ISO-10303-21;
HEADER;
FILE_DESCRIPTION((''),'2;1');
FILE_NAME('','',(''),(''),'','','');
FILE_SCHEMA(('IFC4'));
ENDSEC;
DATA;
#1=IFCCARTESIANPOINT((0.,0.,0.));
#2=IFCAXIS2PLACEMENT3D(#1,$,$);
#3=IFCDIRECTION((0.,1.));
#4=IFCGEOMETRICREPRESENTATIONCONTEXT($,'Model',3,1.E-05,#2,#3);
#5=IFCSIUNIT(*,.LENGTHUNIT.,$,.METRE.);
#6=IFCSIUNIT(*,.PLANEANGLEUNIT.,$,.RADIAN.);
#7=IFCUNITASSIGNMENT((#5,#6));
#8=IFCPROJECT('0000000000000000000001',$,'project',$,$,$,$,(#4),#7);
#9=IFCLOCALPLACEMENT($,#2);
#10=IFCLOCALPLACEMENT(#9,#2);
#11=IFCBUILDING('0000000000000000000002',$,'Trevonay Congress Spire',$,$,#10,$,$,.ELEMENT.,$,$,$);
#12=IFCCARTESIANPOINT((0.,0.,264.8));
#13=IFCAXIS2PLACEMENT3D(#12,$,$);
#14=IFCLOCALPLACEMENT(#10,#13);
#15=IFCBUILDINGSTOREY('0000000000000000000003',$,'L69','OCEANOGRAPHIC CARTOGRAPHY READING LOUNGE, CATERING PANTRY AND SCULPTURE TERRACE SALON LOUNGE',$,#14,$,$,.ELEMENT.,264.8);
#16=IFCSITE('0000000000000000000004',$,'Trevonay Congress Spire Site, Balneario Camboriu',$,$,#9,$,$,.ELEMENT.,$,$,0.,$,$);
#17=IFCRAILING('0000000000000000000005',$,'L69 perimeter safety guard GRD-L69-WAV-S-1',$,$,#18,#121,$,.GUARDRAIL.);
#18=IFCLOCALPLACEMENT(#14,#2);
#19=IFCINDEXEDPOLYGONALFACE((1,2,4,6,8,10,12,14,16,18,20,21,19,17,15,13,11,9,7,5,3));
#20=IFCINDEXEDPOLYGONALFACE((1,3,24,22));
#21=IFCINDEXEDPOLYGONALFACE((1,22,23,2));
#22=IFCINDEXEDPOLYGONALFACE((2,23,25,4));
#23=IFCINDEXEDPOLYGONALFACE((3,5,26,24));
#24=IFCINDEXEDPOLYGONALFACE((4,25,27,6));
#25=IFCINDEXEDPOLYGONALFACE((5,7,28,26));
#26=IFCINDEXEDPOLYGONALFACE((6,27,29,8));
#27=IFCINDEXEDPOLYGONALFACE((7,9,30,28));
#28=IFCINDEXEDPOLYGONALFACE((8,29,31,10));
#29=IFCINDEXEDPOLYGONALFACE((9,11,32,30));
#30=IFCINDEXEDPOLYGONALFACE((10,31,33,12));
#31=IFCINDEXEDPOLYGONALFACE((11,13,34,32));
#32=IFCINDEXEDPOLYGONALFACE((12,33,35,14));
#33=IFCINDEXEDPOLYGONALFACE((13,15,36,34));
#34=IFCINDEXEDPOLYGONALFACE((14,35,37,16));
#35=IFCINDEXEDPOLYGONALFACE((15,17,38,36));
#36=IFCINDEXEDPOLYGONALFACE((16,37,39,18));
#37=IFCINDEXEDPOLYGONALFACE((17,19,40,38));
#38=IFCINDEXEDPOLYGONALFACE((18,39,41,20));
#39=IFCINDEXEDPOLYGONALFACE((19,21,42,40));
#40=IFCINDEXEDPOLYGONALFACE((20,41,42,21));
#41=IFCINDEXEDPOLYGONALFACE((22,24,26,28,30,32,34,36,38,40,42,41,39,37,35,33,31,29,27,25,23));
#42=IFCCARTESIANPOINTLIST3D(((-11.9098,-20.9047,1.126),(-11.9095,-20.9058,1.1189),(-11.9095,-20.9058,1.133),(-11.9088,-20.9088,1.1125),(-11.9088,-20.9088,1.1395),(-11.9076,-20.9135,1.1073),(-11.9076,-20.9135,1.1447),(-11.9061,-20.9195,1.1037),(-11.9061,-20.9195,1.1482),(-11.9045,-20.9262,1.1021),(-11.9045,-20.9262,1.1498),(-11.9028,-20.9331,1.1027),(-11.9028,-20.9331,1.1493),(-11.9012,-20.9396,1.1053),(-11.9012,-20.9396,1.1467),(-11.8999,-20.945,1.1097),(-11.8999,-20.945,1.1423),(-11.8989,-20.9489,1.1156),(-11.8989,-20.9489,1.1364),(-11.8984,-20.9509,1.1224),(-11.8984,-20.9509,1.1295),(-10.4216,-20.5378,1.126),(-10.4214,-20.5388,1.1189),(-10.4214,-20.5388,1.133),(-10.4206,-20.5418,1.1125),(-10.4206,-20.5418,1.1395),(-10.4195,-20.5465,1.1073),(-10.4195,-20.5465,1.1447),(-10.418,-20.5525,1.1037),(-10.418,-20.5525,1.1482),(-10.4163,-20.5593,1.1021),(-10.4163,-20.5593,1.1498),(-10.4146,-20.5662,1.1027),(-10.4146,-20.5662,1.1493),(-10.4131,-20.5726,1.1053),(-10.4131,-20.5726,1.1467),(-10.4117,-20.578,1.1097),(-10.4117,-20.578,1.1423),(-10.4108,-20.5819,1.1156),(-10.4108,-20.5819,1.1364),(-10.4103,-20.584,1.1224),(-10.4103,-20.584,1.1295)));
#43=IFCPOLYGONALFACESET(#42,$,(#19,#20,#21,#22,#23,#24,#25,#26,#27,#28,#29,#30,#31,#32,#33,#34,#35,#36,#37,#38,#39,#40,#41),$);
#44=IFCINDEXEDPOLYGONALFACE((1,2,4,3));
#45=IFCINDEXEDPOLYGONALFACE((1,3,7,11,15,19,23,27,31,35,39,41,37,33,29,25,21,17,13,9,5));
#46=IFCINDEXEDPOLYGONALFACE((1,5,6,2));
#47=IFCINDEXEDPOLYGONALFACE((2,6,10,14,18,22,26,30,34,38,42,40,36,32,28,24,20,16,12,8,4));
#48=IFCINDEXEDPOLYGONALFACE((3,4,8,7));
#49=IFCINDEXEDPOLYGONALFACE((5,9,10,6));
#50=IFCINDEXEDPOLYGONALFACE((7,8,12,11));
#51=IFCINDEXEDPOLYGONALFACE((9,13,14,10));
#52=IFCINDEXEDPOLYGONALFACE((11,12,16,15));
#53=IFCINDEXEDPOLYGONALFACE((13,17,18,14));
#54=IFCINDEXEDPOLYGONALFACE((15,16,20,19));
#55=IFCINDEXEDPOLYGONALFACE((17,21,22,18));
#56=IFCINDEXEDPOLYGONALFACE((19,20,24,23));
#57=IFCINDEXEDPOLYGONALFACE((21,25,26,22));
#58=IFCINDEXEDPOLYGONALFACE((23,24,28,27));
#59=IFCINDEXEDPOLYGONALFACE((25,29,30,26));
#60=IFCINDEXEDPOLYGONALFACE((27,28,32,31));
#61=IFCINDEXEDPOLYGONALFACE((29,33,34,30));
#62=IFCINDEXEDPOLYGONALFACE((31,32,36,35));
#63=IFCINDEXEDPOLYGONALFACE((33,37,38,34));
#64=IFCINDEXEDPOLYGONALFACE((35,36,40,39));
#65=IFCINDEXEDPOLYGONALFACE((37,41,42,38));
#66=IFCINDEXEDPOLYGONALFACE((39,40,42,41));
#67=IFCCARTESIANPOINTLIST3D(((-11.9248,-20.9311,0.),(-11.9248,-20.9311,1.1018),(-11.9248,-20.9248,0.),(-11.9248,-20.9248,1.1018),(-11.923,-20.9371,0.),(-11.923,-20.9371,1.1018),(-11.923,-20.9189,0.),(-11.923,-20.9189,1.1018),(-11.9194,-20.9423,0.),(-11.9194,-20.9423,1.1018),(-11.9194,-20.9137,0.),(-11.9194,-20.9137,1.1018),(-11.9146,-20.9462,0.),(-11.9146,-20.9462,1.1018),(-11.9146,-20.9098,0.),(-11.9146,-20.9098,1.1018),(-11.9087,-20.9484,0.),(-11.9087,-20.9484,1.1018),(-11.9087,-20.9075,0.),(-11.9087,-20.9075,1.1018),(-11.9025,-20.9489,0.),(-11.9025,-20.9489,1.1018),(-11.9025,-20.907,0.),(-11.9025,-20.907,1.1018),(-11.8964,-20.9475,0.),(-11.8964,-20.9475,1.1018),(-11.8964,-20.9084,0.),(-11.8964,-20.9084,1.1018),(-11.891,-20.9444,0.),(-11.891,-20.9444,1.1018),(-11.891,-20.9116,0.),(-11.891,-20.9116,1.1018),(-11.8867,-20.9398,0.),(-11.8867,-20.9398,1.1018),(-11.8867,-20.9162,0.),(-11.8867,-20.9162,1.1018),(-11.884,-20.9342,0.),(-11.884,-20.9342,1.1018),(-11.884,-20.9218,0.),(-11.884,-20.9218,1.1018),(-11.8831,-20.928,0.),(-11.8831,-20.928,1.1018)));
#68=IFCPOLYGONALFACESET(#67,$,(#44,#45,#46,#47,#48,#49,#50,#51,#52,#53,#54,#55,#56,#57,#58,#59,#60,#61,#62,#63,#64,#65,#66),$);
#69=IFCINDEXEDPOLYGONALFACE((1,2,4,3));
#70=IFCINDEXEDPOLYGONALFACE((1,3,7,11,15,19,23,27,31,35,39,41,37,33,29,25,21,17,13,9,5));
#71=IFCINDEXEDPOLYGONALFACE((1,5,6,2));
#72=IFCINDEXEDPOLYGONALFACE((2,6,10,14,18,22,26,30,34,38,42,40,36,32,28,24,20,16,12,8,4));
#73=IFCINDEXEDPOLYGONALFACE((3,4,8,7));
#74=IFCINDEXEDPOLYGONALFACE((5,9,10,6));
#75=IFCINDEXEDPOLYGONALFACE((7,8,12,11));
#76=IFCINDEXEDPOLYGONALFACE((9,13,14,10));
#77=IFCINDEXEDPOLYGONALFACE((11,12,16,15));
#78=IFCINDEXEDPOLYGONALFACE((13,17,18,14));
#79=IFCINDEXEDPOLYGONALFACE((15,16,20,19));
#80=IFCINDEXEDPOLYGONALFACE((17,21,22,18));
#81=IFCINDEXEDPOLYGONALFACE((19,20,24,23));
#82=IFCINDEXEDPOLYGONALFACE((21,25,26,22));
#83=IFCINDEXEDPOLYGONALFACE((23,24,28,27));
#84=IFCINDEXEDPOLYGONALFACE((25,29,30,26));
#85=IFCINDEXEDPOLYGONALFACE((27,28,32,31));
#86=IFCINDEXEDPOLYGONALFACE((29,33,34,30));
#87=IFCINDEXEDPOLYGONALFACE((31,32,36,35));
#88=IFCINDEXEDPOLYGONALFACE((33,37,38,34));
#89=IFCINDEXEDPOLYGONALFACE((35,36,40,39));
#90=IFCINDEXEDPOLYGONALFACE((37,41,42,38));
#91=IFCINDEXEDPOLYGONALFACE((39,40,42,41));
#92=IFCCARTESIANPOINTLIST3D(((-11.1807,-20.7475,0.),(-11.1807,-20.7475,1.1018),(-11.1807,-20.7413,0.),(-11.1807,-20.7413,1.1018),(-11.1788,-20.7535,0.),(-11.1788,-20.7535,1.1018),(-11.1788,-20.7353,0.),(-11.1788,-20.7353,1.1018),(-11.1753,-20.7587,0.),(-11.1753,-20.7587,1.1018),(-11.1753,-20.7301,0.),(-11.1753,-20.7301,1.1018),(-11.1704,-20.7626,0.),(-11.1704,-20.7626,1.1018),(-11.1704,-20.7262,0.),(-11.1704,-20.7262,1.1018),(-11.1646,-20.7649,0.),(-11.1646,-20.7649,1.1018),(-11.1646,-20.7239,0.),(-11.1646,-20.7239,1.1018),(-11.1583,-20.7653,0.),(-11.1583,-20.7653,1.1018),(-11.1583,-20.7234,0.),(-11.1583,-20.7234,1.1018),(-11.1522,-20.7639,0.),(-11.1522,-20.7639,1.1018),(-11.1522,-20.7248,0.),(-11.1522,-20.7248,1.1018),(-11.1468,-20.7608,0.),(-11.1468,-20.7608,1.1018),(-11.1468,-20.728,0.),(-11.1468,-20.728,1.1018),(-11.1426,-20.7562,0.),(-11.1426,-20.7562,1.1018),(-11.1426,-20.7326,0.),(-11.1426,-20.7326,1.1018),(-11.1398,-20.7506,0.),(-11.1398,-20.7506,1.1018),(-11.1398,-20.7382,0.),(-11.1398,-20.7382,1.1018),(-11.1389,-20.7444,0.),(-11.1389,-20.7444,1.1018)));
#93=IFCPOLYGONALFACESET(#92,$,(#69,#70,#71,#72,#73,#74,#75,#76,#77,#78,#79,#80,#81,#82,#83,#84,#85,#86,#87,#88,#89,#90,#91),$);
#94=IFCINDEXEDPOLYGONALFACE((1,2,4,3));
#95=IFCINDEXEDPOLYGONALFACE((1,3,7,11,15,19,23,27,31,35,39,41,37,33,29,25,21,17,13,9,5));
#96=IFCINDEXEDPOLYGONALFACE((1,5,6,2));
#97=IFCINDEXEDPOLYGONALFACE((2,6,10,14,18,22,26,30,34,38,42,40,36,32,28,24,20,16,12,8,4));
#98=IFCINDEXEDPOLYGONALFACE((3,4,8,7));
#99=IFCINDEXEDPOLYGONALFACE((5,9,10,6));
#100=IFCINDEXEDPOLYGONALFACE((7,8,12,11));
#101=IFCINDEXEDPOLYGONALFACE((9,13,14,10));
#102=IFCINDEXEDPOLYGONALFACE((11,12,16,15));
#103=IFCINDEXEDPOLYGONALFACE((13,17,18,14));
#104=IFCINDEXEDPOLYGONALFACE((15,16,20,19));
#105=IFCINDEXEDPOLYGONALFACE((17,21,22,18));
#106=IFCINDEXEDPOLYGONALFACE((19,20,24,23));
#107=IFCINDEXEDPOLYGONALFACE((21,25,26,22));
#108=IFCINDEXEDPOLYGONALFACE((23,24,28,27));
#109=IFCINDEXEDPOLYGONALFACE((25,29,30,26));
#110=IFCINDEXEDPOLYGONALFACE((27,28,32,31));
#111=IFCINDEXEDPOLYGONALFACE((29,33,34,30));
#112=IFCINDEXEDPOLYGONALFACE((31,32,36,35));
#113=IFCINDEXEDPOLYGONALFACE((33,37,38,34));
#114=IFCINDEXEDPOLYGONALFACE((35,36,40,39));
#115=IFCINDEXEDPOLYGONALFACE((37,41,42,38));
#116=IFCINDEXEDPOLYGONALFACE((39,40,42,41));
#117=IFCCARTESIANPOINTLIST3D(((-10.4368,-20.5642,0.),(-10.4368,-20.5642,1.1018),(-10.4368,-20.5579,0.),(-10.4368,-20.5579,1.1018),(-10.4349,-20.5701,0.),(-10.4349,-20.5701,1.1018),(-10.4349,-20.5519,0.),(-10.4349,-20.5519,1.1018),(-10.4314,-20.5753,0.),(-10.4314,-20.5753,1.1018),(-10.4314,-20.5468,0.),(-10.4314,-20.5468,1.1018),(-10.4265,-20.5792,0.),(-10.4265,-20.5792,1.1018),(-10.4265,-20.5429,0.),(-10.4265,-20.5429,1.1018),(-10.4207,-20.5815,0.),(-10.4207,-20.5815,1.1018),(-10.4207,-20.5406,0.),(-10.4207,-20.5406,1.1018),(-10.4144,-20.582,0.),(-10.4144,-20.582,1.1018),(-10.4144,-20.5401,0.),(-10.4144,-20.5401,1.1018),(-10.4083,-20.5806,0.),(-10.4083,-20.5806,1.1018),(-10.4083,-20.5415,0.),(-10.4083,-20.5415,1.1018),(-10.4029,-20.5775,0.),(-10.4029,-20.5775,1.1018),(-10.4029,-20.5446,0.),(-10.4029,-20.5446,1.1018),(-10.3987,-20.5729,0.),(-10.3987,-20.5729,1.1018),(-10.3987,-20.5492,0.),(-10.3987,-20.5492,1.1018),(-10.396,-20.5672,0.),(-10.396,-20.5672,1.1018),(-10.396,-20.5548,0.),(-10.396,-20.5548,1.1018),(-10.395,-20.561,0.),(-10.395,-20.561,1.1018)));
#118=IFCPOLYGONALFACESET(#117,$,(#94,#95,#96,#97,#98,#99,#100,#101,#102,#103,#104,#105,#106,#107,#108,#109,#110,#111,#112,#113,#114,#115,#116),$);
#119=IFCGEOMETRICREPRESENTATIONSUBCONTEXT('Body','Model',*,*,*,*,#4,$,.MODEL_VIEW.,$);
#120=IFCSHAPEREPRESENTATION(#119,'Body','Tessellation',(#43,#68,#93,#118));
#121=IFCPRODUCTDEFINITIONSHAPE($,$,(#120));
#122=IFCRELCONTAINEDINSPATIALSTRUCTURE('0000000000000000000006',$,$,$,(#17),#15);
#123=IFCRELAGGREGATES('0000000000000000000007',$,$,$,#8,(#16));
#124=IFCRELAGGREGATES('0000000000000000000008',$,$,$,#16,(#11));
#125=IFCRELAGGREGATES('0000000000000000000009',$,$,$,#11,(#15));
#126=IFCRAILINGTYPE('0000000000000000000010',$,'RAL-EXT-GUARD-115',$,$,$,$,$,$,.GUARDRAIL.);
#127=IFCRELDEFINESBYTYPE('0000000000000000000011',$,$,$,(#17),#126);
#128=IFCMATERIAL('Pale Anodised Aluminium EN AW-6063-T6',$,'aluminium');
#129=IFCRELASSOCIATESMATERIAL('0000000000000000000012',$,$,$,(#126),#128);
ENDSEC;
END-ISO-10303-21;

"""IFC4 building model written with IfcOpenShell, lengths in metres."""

from ifc_helpers import new_model, si_unit, direction, frame, origin, origin_2d, place, context, subcontext, project, spatial, circle, extrude, material, type_object, element, save


model = new_model("IFC4")

# Units and contexts
model_context = context("Model", 3, precision=1e-05, world=origin(), true_north=direction((0.0, 1.0)))
body_context = subcontext(model_context, "Body", "Model", "MODEL_VIEW")
ifc_project = project(units=[si_unit("LENGTHUNIT", "METRE"), si_unit("PLANEANGLEUNIT", "RADIAN")], contexts=[model_context])

# Site, building, storey
site_placement = place(None, origin())
site = spatial("IfcSite", under=ifc_project, at=site_placement, Name="Trevonay Congress Spire Site, Balneario Camboriu", CompositionType="ELEMENT", RefElevation=0.0)
building_placement = place(site_placement, origin())
building = spatial("IfcBuilding", under=site, at=building_placement, Name="Trevonay Congress Spire", CompositionType="ELEMENT")
storey_placement = place(building_placement, frame((0.0, 0.0, 264.8)))
storey = spatial("IfcBuildingStorey", under=building, at=storey_placement, Name="L69", Description="OCEANOGRAPHIC CARTOGRAPHY READING LOUNGE, CATERING PANTRY AND SCULPTURE TERRACE SALON LOUNGE", CompositionType="ELEMENT", Elevation=264.8)

# Shared definitions
ifc_material_1 = material(Name="Pale Anodised Aluminium EN AW-6063-T6", Category="aluminium")

# Railing
railing_type = type_object("IfcRailingType", Name="RAL-EXT-GUARD-115", PredefinedType="GUARDRAIL", material=ifc_material_1)
railing_1_placement = place(storey_placement, frame((-11.9041, -20.928, 0.0)))
element("IfcRailing", 1, at=railing_1_placement, inside=storey, type_object=railing_type, Name="L69 perimeter safety guard GRD-L69-WAV-S-1", PredefinedType="GUARDRAIL", context=body_context, shape_type="SweptSolid", body=[
    extrude(circle(Radius=0.0239, at=origin_2d()), frame((0.0, 0.0, 1.126), z_axis=(0.970915, 0.239423, 0.0), x_axis=(-0.239423, 0.970915, 0.0)), (0.0, 0.0, 1.0), 1.5327),
    extrude(circle(Radius=0.021, at=origin_2d()), origin(), (0.0, 0.0, 1.0), 1.1018),
    extrude(circle(Radius=0.021, at=origin_2d()), frame((0.7441, 0.1836, 0.0)), (0.0, 0.0, 1.0), 1.1018),
    extrude(circle(Radius=0.021, at=origin_2d()), frame((1.488, 0.3669, 0.0)), (0.0, 0.0, 1.0), 1.1018),
])

save(model, "model.ifc")
